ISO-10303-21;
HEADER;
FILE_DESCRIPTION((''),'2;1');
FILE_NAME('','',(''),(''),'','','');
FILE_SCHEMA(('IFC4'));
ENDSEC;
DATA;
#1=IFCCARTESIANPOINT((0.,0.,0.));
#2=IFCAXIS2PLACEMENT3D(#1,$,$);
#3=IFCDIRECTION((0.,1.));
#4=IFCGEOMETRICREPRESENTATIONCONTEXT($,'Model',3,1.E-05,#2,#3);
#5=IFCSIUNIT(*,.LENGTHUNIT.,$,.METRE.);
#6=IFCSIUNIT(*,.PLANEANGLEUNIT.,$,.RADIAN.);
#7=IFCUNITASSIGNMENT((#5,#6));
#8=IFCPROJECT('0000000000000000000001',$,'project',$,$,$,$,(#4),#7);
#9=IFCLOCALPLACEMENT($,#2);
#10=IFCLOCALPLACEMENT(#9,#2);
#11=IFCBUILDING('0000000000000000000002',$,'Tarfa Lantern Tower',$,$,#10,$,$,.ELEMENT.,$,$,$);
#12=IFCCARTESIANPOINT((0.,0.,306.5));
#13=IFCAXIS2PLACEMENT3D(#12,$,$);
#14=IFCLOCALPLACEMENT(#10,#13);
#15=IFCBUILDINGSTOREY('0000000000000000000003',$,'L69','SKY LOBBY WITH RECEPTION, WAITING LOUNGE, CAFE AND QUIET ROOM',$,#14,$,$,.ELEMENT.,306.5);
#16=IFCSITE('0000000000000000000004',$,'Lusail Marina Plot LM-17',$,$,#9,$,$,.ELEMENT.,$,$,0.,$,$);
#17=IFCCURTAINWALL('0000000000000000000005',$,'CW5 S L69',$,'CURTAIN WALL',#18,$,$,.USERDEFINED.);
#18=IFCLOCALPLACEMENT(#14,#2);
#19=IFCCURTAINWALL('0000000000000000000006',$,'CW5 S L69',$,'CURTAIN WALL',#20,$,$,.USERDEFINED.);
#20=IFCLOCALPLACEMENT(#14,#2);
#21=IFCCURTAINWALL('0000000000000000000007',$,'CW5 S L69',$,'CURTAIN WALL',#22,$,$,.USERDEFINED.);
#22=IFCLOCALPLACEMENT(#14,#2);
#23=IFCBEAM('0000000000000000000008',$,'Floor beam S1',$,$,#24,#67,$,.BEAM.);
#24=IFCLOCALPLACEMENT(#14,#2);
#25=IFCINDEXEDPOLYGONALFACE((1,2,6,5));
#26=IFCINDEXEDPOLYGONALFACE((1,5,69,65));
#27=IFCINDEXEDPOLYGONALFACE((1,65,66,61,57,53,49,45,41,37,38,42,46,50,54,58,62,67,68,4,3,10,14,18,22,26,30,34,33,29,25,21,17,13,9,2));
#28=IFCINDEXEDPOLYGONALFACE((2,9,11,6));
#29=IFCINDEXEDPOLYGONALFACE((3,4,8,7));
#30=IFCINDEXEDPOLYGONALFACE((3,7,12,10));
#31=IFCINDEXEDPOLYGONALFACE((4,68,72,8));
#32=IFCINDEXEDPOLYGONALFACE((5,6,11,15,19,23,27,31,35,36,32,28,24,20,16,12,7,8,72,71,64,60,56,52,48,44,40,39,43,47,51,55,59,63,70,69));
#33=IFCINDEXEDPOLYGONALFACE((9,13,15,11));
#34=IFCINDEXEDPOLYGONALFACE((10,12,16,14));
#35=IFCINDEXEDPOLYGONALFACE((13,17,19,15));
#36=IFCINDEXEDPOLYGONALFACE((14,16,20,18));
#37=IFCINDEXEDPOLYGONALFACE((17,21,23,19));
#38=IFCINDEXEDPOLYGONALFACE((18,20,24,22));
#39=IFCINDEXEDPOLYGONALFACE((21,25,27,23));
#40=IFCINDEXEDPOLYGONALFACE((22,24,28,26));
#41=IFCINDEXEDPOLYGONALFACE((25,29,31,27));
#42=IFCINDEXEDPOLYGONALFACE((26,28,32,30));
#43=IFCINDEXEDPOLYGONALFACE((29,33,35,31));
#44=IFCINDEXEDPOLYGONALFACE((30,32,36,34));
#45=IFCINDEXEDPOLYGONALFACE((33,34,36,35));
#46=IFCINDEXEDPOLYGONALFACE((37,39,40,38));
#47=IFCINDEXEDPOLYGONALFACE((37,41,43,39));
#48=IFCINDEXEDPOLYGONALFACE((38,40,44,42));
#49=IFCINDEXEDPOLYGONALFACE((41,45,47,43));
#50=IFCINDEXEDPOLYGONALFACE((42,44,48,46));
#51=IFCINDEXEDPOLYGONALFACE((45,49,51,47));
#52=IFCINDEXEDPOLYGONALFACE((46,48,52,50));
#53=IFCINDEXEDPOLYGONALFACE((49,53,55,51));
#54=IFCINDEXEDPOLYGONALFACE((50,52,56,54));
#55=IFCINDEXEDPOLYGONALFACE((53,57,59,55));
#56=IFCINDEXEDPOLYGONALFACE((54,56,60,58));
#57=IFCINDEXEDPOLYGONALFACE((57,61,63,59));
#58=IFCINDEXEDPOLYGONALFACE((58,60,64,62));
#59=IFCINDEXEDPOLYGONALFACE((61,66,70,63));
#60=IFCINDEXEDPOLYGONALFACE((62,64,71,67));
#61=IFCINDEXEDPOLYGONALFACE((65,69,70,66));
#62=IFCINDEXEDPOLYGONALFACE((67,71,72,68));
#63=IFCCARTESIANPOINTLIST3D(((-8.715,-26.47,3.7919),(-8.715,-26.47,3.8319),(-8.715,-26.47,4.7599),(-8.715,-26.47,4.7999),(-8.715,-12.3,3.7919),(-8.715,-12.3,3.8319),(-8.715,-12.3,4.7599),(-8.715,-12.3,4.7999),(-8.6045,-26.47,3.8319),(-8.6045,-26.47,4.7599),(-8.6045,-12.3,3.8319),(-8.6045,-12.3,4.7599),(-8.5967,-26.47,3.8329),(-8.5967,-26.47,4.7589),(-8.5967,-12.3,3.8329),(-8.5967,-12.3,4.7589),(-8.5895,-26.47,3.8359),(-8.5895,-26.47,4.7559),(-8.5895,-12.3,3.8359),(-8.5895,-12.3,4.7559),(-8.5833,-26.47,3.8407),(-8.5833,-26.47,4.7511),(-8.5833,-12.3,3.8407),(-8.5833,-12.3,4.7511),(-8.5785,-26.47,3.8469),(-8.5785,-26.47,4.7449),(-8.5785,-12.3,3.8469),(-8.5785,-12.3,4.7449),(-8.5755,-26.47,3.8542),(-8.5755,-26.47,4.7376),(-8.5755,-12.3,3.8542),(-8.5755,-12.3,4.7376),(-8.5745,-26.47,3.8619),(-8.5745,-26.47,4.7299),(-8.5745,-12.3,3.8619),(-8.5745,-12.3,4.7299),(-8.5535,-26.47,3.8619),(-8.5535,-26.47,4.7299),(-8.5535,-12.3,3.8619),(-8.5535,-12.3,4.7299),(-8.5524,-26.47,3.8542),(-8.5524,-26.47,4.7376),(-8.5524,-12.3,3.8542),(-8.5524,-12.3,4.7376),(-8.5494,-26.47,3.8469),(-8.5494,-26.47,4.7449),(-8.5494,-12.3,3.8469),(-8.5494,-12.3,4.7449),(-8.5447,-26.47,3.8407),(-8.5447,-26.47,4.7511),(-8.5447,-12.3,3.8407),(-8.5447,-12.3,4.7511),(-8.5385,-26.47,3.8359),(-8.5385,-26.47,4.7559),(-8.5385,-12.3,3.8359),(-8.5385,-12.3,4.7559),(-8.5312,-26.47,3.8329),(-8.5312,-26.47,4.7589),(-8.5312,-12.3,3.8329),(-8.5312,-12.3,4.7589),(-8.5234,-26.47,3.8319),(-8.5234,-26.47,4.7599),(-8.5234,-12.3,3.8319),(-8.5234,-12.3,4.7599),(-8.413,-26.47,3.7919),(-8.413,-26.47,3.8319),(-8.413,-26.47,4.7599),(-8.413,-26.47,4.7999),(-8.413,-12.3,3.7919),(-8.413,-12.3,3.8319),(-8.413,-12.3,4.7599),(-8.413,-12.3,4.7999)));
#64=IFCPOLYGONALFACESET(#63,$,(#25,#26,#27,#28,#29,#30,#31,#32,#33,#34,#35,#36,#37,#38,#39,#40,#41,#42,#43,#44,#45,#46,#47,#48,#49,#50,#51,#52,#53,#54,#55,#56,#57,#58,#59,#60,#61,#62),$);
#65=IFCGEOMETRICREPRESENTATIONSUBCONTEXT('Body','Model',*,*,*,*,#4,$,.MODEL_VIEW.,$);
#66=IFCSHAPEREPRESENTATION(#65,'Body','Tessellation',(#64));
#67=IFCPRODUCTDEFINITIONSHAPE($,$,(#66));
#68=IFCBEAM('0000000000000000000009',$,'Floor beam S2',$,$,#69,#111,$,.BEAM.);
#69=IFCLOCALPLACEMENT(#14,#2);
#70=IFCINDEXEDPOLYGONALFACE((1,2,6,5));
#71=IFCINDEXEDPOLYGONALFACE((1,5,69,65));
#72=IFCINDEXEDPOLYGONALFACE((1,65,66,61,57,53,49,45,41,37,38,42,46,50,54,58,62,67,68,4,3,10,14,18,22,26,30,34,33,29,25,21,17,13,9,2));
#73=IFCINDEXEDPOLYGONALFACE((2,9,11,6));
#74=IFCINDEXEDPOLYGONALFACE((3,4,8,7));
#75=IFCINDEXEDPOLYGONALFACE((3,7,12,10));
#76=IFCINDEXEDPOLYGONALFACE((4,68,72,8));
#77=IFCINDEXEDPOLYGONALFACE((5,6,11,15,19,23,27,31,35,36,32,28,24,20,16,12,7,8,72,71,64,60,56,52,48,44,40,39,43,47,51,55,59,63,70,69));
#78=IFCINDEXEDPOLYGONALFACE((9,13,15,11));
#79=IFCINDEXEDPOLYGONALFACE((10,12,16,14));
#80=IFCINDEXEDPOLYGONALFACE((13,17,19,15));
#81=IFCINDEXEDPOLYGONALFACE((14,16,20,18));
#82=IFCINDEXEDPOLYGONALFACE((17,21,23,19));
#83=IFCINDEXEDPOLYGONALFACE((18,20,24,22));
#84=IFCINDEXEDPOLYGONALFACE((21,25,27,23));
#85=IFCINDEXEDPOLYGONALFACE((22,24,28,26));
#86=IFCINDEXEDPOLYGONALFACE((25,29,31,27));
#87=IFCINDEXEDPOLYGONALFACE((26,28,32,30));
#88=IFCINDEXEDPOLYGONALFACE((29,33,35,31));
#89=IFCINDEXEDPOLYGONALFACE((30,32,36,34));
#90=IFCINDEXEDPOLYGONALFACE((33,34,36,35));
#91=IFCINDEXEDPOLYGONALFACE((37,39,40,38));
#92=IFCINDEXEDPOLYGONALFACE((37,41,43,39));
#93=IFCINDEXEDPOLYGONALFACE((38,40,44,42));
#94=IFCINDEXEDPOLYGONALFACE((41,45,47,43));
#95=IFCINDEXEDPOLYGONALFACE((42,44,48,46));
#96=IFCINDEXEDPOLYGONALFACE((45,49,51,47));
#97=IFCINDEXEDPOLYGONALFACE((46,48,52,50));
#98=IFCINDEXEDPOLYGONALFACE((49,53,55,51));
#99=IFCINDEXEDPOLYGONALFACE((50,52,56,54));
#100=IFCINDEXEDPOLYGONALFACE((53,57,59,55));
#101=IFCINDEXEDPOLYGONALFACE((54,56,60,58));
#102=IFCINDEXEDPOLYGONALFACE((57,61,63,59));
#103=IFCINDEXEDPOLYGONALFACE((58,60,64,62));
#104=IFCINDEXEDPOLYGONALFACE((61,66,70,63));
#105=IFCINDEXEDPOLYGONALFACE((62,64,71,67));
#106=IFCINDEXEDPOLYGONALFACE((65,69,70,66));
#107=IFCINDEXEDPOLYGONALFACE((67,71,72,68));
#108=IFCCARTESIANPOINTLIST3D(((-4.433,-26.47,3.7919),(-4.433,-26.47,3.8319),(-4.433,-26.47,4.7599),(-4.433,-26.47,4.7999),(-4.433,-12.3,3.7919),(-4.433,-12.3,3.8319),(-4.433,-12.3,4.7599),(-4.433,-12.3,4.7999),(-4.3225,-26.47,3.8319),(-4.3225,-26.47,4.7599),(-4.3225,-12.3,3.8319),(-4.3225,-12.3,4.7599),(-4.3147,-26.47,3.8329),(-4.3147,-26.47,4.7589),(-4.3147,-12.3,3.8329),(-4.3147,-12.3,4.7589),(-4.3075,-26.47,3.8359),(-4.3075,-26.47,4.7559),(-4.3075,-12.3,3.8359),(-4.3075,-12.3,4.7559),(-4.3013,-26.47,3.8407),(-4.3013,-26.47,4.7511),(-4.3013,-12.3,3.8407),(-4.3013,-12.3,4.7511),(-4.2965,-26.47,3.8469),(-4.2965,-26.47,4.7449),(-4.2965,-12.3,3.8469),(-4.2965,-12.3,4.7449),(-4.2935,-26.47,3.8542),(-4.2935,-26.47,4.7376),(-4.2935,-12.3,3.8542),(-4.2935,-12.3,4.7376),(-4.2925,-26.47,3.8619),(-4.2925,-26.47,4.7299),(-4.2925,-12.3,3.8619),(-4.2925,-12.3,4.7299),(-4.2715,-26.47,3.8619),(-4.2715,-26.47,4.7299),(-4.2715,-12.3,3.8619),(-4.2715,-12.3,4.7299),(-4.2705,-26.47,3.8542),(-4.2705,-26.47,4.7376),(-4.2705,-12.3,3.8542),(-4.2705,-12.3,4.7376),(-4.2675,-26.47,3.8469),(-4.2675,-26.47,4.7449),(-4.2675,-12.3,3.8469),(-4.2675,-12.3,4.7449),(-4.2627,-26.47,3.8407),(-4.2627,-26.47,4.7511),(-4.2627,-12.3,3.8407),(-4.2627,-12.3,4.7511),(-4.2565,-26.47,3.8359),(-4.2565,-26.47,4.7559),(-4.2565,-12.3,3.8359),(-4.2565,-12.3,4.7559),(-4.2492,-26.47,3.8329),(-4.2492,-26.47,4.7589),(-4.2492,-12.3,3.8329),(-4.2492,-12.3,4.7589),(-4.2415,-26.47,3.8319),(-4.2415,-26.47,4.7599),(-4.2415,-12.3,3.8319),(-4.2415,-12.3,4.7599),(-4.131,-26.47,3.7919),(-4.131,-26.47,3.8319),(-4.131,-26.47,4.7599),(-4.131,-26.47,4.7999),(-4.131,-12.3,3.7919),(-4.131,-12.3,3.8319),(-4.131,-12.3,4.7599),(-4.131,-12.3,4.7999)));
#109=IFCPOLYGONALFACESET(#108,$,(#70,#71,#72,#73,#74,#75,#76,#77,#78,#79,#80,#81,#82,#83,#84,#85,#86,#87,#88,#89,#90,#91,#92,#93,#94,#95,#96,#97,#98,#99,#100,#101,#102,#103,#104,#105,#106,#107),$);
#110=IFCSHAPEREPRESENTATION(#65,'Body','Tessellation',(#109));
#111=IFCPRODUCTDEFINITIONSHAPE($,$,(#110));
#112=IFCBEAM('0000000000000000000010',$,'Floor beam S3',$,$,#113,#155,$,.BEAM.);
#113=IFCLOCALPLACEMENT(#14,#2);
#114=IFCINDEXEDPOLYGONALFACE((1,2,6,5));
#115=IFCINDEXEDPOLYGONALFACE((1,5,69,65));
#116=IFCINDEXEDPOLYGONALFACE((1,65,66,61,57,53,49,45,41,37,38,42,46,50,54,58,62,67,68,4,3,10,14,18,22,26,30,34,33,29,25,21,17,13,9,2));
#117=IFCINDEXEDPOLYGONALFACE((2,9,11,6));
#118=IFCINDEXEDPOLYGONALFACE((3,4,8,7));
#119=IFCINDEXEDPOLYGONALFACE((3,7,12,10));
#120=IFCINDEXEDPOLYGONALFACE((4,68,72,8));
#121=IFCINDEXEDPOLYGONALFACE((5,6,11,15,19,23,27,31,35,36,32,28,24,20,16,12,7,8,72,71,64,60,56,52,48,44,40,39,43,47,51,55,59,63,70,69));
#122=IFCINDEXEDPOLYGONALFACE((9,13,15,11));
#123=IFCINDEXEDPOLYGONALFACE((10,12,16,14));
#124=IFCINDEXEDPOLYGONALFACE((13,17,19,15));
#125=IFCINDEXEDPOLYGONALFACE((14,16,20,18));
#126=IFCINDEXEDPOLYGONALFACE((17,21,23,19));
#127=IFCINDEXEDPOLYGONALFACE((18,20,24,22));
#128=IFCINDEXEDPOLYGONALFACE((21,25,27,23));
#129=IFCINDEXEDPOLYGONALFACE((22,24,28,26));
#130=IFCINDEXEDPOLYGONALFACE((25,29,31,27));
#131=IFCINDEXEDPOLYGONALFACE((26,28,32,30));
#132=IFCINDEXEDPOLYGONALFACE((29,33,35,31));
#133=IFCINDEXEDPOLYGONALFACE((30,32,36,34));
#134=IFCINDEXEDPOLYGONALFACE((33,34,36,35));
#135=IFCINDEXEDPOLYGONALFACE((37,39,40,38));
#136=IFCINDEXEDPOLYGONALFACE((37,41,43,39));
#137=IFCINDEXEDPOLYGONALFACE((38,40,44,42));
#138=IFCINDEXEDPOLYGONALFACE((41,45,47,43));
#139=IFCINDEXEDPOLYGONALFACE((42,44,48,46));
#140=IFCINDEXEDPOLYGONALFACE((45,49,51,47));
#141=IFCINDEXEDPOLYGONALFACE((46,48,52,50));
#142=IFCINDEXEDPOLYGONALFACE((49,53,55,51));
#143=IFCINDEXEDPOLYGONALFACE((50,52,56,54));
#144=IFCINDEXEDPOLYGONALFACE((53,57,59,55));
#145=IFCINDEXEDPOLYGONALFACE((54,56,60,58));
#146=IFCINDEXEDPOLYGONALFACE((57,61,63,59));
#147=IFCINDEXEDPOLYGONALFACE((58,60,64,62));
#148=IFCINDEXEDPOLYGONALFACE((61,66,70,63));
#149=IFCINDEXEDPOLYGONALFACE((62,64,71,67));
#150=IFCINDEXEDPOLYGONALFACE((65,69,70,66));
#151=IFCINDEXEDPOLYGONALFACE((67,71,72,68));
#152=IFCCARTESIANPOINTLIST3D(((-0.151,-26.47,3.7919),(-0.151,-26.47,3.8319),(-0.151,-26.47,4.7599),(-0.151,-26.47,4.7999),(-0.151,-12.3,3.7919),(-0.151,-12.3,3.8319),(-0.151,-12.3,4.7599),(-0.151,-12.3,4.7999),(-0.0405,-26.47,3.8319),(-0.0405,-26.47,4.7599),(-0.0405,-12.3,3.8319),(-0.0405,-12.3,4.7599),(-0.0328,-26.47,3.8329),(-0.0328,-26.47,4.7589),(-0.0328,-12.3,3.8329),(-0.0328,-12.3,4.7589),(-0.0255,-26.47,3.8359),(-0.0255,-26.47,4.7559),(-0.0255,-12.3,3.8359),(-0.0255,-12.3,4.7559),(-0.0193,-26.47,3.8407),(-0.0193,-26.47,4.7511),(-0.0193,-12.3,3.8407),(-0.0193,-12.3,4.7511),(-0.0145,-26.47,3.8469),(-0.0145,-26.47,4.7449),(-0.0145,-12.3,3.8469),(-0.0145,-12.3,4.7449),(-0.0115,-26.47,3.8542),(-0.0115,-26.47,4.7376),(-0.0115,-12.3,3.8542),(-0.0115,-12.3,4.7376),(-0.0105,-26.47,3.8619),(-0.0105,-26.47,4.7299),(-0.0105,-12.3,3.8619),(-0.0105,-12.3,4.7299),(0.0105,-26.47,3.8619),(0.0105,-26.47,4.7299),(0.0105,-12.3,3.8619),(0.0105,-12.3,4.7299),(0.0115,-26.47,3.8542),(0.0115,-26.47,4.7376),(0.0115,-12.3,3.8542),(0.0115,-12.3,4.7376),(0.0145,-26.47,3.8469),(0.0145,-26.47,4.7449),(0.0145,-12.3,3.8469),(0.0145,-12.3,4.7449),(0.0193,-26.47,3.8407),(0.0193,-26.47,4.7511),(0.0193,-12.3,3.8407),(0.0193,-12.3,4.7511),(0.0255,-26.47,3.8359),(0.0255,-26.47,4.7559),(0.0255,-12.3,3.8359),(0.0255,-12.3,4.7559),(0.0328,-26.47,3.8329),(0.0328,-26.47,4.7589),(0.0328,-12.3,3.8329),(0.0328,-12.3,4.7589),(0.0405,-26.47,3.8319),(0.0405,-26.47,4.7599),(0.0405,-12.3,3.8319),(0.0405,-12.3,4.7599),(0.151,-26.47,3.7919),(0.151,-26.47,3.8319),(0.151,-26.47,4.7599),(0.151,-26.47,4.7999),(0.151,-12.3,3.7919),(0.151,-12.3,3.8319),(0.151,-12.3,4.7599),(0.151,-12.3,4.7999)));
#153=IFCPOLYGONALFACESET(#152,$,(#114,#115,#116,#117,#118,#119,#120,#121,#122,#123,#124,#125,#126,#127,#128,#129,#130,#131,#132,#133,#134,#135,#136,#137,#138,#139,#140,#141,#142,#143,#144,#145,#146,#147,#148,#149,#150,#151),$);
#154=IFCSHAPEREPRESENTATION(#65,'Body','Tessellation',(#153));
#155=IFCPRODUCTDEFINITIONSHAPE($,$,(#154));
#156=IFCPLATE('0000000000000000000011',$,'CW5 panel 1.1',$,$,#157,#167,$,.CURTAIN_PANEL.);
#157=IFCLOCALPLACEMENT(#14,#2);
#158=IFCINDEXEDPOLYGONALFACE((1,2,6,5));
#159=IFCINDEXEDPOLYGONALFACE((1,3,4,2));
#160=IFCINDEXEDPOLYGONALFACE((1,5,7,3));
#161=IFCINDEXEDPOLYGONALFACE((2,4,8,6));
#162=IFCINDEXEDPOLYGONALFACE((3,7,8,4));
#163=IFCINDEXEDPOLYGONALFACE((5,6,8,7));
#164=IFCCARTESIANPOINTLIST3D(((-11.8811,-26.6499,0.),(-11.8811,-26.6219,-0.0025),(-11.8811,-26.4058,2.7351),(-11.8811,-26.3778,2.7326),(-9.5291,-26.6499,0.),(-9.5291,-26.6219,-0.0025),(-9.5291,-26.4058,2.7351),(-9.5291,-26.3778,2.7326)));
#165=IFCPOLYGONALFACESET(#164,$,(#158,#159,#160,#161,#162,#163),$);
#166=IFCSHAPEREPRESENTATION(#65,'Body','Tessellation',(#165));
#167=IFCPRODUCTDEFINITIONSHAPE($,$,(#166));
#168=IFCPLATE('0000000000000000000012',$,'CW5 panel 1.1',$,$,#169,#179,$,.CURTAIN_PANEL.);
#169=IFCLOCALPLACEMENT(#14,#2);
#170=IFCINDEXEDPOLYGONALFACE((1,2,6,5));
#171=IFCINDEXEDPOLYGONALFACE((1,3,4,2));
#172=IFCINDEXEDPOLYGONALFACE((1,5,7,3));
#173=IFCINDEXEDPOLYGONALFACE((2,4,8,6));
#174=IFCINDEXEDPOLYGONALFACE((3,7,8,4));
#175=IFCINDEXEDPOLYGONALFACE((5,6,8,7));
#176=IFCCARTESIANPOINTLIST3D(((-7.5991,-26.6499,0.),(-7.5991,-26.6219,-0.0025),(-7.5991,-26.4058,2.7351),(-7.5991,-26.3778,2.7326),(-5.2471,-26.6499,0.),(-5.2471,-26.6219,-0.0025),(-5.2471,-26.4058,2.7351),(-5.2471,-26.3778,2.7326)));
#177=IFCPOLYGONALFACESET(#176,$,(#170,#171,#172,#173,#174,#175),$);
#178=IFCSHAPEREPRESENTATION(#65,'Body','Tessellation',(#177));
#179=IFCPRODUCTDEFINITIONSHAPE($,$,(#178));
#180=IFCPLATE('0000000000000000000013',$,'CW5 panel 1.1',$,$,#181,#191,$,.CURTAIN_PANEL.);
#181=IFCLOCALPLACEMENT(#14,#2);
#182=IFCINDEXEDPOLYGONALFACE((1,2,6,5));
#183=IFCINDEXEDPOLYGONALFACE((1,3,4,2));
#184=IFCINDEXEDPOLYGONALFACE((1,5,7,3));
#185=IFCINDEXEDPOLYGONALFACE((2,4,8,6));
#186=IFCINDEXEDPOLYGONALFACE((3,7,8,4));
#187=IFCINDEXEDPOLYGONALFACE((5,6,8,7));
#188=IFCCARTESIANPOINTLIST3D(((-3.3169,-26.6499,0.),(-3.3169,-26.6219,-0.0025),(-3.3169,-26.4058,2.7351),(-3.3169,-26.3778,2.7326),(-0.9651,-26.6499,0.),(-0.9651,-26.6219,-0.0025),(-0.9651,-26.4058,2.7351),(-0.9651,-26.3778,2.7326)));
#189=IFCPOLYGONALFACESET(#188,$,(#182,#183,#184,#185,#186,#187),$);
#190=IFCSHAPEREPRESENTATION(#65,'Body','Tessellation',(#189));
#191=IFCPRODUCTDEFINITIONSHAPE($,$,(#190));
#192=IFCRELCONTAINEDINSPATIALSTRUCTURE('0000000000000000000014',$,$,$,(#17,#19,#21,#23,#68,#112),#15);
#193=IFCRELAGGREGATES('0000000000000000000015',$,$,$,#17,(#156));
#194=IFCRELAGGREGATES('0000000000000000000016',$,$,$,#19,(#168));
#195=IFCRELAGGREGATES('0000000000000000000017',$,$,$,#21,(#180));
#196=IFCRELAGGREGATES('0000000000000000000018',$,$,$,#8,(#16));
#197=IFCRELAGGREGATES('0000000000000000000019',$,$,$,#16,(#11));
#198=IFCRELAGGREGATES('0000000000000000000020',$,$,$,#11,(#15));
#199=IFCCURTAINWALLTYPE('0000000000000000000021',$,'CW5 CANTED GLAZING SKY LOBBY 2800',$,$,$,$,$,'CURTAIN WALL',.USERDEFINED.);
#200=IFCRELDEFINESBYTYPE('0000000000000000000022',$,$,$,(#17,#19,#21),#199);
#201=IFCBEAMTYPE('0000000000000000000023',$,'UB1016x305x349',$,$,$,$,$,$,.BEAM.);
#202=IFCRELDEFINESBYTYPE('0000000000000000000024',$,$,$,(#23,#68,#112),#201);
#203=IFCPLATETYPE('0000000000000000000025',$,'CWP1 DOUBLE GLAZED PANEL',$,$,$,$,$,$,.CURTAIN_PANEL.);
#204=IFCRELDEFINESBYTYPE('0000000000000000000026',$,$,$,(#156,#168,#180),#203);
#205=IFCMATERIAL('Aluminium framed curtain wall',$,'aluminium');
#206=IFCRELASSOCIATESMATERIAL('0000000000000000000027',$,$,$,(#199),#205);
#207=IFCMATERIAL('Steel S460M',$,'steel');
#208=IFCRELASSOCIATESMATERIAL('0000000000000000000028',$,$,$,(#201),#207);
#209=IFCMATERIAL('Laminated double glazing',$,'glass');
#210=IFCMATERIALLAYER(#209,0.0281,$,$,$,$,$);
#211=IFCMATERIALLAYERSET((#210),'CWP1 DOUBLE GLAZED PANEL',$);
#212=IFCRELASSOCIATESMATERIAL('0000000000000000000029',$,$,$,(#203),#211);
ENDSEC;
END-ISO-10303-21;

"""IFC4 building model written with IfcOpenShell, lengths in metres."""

from ifc_helpers import new_model, si_unit, direction, frame, origin, origin_2d, place, context, subcontext, project, spatial, polyline, i_section, outline, extrude, material, layer, layer_set, material_profile, profile_set, type_object, element, aggregate, save


model = new_model("IFC4")

# Units and contexts
model_context = context("Model", 3, precision=1e-05, world=origin(), true_north=direction((0.0, 1.0)))
body_context = subcontext(model_context, "Body", "Model", "MODEL_VIEW")
ifc_project = project(units=[si_unit("LENGTHUNIT", "METRE"), si_unit("PLANEANGLEUNIT", "RADIAN")], contexts=[model_context])

# Site, building, storey
site_placement = place(None, origin())
site = spatial("IfcSite", under=ifc_project, at=site_placement, Name="Lusail Marina Plot LM-17", CompositionType="ELEMENT", RefElevation=0.0)
building_placement = place(site_placement, origin())
building = spatial("IfcBuilding", under=site, at=building_placement, Name="Tarfa Lantern Tower", CompositionType="ELEMENT")
storey_placement = place(building_placement, frame((0.0, 0.0, 306.5)))
storey = spatial("IfcBuildingStorey", under=building, at=storey_placement, Name="L69", Description="SKY LOBBY WITH RECEPTION, WAITING LOUNGE, CAFE AND QUIET ROOM", CompositionType="ELEMENT", Elevation=306.5)

# Shared definitions
ifc_material_1 = material(Name="Steel S460M", Category="steel")

# Curtain wall
ifc_material_2 = material(Name="Aluminium framed curtain wall", Category="aluminium")
curtain_wall_type = type_object("IfcCurtainWallType", Name="CW5 CANTED GLAZING SKY LOBBY 2800", ElementType="CURTAIN WALL", PredefinedType="USERDEFINED", material=ifc_material_2)
curtain_wall_1_placement = place(storey_placement, origin())
curtain_wall_1 = element("IfcCurtainWall", 1, at=curtain_wall_1_placement, inside=storey, type_object=curtain_wall_type, Name="CW5 S L69", ObjectType="CURTAIN WALL", PredefinedType="USERDEFINED")

# Curtain walls
curtain_wall_2_placement = place(storey_placement, origin())
curtain_wall_2 = element("IfcCurtainWall", 2, at=curtain_wall_2_placement, inside=storey, type_object=curtain_wall_type, Name="CW5 S L69", ObjectType="CURTAIN WALL", PredefinedType="USERDEFINED")
curtain_wall_3_placement = place(storey_placement, origin())
curtain_wall_3 = element("IfcCurtainWall", 3, at=curtain_wall_3_placement, inside=storey, type_object=curtain_wall_type, Name="CW5 S L69", ObjectType="CURTAIN WALL", PredefinedType="USERDEFINED")

# Beams
ifc_material_profile_1 = material_profile(ifc_material_1, i_section(OverallWidth=0.302, OverallDepth=1.0081, WebThickness=0.021, FlangeThickness=0.04, FilletRadius=0.03, at=origin_2d()), Name="UB1016x305x349")
ifc_profile_set_1 = profile_set([ifc_material_profile_1], Name="Steel S460M")
beam_type_1 = type_object("IfcBeamType", Name="UB1016x305x349", PredefinedType="BEAM", material=ifc_profile_set_1)
for number, where, z_axis, x_axis, name in (
    (4, (-8.564, -26.47, 4.2959), (0.0, 1.0, 0.0), (-1.0, 0.0, 0.0), "Floor beam S1"),
    (5, (-4.282, -26.47, 4.2959), (0.0, 1.0, 0.0), (-1.0, 0.0, 0.0), "Floor beam S2"),
    (6, (0.0, -26.47, 4.2959), (0.0, 1.0, 0.0), (-1.0, 0.0, 0.0), "Floor beam S3"),
):
    element("IfcBeam", number, at=place(storey_placement, frame(where, z_axis=z_axis, x_axis=x_axis)), inside=storey, type_object=beam_type_1, Name=name, PredefinedType="BEAM", context=body_context, shape_type="SweptSolid", body=[
        extrude(i_section(OverallWidth=0.302, OverallDepth=1.0081, WebThickness=0.021, FlangeThickness=0.04, FilletRadius=0.03, at=origin_2d()), origin(), (0.0, 0.0, 1.0), 14.1699),
    ])

# Plates
ifc_material_3 = material(Name="Laminated double glazing", Category="glass")
ifc_layer = layer(ifc_material_3, 0.0281)
ifc_layer_set = layer_set([ifc_layer], Name="CWP1 DOUBLE GLAZED PANEL")
plate_type = type_object("IfcPlateType", Name="CWP1 DOUBLE GLAZED PANEL", PredefinedType="CURTAIN_PANEL", material=ifc_layer_set)
plate_1_placement = place(storey_placement, frame((-11.8811, -26.6499, 0.0), z_axis=(0.0, -0.99604, 0.088908), x_axis=(1.0, 0.0, 0.0)))
plate_1 = element("IfcPlate", 7, at=plate_1_placement, type_object=plate_type, Name="CW5 panel 1.1", PredefinedType="CURTAIN_PANEL", context=body_context, shape_type="SweptSolid", body=[
    extrude(outline(polyline([(0.0, 0.0), (2.3521, 0.0), (2.3521, 2.746), (0.0, 2.746), (0.0, 0.0)])), origin(), (0.0, 0.0, -1.0), 0.0281),
])
aggregate(curtain_wall_1, [plate_1])
plate_2_placement = place(storey_placement, frame((-7.5991, -26.6499, 0.0), z_axis=(0.0, -0.99604, 0.088908), x_axis=(1.0, 0.0, 0.0)))
plate_2 = element("IfcPlate", 8, at=plate_2_placement, type_object=plate_type, Name="CW5 panel 1.1", PredefinedType="CURTAIN_PANEL", context=body_context, shape_type="SweptSolid", body=[
    extrude(outline(polyline([(0.0, 0.0), (2.3521, 0.0), (2.3521, 2.746), (0.0, 2.746), (0.0, 0.0)])), origin(), (0.0, 0.0, -1.0), 0.0281),
])
aggregate(curtain_wall_2, [plate_2])
plate_3_placement = place(storey_placement, frame((-3.3169, -26.6499, 0.0), z_axis=(0.0, -0.99604, 0.088908), x_axis=(1.0, 0.0, 0.0)))
plate_3 = element("IfcPlate", 9, at=plate_3_placement, type_object=plate_type, Name="CW5 panel 1.1", PredefinedType="CURTAIN_PANEL", context=body_context, shape_type="SweptSolid", body=[
    extrude(outline(polyline([(0.0, 0.0), (2.3518, 0.0), (2.3518, 2.746), (0.0, 2.746), (0.0, 0.0)])), origin(), (0.0, 0.0, -1.0), 0.0281),
])
aggregate(curtain_wall_3, [plate_3])

save(model, "model.ifc")
